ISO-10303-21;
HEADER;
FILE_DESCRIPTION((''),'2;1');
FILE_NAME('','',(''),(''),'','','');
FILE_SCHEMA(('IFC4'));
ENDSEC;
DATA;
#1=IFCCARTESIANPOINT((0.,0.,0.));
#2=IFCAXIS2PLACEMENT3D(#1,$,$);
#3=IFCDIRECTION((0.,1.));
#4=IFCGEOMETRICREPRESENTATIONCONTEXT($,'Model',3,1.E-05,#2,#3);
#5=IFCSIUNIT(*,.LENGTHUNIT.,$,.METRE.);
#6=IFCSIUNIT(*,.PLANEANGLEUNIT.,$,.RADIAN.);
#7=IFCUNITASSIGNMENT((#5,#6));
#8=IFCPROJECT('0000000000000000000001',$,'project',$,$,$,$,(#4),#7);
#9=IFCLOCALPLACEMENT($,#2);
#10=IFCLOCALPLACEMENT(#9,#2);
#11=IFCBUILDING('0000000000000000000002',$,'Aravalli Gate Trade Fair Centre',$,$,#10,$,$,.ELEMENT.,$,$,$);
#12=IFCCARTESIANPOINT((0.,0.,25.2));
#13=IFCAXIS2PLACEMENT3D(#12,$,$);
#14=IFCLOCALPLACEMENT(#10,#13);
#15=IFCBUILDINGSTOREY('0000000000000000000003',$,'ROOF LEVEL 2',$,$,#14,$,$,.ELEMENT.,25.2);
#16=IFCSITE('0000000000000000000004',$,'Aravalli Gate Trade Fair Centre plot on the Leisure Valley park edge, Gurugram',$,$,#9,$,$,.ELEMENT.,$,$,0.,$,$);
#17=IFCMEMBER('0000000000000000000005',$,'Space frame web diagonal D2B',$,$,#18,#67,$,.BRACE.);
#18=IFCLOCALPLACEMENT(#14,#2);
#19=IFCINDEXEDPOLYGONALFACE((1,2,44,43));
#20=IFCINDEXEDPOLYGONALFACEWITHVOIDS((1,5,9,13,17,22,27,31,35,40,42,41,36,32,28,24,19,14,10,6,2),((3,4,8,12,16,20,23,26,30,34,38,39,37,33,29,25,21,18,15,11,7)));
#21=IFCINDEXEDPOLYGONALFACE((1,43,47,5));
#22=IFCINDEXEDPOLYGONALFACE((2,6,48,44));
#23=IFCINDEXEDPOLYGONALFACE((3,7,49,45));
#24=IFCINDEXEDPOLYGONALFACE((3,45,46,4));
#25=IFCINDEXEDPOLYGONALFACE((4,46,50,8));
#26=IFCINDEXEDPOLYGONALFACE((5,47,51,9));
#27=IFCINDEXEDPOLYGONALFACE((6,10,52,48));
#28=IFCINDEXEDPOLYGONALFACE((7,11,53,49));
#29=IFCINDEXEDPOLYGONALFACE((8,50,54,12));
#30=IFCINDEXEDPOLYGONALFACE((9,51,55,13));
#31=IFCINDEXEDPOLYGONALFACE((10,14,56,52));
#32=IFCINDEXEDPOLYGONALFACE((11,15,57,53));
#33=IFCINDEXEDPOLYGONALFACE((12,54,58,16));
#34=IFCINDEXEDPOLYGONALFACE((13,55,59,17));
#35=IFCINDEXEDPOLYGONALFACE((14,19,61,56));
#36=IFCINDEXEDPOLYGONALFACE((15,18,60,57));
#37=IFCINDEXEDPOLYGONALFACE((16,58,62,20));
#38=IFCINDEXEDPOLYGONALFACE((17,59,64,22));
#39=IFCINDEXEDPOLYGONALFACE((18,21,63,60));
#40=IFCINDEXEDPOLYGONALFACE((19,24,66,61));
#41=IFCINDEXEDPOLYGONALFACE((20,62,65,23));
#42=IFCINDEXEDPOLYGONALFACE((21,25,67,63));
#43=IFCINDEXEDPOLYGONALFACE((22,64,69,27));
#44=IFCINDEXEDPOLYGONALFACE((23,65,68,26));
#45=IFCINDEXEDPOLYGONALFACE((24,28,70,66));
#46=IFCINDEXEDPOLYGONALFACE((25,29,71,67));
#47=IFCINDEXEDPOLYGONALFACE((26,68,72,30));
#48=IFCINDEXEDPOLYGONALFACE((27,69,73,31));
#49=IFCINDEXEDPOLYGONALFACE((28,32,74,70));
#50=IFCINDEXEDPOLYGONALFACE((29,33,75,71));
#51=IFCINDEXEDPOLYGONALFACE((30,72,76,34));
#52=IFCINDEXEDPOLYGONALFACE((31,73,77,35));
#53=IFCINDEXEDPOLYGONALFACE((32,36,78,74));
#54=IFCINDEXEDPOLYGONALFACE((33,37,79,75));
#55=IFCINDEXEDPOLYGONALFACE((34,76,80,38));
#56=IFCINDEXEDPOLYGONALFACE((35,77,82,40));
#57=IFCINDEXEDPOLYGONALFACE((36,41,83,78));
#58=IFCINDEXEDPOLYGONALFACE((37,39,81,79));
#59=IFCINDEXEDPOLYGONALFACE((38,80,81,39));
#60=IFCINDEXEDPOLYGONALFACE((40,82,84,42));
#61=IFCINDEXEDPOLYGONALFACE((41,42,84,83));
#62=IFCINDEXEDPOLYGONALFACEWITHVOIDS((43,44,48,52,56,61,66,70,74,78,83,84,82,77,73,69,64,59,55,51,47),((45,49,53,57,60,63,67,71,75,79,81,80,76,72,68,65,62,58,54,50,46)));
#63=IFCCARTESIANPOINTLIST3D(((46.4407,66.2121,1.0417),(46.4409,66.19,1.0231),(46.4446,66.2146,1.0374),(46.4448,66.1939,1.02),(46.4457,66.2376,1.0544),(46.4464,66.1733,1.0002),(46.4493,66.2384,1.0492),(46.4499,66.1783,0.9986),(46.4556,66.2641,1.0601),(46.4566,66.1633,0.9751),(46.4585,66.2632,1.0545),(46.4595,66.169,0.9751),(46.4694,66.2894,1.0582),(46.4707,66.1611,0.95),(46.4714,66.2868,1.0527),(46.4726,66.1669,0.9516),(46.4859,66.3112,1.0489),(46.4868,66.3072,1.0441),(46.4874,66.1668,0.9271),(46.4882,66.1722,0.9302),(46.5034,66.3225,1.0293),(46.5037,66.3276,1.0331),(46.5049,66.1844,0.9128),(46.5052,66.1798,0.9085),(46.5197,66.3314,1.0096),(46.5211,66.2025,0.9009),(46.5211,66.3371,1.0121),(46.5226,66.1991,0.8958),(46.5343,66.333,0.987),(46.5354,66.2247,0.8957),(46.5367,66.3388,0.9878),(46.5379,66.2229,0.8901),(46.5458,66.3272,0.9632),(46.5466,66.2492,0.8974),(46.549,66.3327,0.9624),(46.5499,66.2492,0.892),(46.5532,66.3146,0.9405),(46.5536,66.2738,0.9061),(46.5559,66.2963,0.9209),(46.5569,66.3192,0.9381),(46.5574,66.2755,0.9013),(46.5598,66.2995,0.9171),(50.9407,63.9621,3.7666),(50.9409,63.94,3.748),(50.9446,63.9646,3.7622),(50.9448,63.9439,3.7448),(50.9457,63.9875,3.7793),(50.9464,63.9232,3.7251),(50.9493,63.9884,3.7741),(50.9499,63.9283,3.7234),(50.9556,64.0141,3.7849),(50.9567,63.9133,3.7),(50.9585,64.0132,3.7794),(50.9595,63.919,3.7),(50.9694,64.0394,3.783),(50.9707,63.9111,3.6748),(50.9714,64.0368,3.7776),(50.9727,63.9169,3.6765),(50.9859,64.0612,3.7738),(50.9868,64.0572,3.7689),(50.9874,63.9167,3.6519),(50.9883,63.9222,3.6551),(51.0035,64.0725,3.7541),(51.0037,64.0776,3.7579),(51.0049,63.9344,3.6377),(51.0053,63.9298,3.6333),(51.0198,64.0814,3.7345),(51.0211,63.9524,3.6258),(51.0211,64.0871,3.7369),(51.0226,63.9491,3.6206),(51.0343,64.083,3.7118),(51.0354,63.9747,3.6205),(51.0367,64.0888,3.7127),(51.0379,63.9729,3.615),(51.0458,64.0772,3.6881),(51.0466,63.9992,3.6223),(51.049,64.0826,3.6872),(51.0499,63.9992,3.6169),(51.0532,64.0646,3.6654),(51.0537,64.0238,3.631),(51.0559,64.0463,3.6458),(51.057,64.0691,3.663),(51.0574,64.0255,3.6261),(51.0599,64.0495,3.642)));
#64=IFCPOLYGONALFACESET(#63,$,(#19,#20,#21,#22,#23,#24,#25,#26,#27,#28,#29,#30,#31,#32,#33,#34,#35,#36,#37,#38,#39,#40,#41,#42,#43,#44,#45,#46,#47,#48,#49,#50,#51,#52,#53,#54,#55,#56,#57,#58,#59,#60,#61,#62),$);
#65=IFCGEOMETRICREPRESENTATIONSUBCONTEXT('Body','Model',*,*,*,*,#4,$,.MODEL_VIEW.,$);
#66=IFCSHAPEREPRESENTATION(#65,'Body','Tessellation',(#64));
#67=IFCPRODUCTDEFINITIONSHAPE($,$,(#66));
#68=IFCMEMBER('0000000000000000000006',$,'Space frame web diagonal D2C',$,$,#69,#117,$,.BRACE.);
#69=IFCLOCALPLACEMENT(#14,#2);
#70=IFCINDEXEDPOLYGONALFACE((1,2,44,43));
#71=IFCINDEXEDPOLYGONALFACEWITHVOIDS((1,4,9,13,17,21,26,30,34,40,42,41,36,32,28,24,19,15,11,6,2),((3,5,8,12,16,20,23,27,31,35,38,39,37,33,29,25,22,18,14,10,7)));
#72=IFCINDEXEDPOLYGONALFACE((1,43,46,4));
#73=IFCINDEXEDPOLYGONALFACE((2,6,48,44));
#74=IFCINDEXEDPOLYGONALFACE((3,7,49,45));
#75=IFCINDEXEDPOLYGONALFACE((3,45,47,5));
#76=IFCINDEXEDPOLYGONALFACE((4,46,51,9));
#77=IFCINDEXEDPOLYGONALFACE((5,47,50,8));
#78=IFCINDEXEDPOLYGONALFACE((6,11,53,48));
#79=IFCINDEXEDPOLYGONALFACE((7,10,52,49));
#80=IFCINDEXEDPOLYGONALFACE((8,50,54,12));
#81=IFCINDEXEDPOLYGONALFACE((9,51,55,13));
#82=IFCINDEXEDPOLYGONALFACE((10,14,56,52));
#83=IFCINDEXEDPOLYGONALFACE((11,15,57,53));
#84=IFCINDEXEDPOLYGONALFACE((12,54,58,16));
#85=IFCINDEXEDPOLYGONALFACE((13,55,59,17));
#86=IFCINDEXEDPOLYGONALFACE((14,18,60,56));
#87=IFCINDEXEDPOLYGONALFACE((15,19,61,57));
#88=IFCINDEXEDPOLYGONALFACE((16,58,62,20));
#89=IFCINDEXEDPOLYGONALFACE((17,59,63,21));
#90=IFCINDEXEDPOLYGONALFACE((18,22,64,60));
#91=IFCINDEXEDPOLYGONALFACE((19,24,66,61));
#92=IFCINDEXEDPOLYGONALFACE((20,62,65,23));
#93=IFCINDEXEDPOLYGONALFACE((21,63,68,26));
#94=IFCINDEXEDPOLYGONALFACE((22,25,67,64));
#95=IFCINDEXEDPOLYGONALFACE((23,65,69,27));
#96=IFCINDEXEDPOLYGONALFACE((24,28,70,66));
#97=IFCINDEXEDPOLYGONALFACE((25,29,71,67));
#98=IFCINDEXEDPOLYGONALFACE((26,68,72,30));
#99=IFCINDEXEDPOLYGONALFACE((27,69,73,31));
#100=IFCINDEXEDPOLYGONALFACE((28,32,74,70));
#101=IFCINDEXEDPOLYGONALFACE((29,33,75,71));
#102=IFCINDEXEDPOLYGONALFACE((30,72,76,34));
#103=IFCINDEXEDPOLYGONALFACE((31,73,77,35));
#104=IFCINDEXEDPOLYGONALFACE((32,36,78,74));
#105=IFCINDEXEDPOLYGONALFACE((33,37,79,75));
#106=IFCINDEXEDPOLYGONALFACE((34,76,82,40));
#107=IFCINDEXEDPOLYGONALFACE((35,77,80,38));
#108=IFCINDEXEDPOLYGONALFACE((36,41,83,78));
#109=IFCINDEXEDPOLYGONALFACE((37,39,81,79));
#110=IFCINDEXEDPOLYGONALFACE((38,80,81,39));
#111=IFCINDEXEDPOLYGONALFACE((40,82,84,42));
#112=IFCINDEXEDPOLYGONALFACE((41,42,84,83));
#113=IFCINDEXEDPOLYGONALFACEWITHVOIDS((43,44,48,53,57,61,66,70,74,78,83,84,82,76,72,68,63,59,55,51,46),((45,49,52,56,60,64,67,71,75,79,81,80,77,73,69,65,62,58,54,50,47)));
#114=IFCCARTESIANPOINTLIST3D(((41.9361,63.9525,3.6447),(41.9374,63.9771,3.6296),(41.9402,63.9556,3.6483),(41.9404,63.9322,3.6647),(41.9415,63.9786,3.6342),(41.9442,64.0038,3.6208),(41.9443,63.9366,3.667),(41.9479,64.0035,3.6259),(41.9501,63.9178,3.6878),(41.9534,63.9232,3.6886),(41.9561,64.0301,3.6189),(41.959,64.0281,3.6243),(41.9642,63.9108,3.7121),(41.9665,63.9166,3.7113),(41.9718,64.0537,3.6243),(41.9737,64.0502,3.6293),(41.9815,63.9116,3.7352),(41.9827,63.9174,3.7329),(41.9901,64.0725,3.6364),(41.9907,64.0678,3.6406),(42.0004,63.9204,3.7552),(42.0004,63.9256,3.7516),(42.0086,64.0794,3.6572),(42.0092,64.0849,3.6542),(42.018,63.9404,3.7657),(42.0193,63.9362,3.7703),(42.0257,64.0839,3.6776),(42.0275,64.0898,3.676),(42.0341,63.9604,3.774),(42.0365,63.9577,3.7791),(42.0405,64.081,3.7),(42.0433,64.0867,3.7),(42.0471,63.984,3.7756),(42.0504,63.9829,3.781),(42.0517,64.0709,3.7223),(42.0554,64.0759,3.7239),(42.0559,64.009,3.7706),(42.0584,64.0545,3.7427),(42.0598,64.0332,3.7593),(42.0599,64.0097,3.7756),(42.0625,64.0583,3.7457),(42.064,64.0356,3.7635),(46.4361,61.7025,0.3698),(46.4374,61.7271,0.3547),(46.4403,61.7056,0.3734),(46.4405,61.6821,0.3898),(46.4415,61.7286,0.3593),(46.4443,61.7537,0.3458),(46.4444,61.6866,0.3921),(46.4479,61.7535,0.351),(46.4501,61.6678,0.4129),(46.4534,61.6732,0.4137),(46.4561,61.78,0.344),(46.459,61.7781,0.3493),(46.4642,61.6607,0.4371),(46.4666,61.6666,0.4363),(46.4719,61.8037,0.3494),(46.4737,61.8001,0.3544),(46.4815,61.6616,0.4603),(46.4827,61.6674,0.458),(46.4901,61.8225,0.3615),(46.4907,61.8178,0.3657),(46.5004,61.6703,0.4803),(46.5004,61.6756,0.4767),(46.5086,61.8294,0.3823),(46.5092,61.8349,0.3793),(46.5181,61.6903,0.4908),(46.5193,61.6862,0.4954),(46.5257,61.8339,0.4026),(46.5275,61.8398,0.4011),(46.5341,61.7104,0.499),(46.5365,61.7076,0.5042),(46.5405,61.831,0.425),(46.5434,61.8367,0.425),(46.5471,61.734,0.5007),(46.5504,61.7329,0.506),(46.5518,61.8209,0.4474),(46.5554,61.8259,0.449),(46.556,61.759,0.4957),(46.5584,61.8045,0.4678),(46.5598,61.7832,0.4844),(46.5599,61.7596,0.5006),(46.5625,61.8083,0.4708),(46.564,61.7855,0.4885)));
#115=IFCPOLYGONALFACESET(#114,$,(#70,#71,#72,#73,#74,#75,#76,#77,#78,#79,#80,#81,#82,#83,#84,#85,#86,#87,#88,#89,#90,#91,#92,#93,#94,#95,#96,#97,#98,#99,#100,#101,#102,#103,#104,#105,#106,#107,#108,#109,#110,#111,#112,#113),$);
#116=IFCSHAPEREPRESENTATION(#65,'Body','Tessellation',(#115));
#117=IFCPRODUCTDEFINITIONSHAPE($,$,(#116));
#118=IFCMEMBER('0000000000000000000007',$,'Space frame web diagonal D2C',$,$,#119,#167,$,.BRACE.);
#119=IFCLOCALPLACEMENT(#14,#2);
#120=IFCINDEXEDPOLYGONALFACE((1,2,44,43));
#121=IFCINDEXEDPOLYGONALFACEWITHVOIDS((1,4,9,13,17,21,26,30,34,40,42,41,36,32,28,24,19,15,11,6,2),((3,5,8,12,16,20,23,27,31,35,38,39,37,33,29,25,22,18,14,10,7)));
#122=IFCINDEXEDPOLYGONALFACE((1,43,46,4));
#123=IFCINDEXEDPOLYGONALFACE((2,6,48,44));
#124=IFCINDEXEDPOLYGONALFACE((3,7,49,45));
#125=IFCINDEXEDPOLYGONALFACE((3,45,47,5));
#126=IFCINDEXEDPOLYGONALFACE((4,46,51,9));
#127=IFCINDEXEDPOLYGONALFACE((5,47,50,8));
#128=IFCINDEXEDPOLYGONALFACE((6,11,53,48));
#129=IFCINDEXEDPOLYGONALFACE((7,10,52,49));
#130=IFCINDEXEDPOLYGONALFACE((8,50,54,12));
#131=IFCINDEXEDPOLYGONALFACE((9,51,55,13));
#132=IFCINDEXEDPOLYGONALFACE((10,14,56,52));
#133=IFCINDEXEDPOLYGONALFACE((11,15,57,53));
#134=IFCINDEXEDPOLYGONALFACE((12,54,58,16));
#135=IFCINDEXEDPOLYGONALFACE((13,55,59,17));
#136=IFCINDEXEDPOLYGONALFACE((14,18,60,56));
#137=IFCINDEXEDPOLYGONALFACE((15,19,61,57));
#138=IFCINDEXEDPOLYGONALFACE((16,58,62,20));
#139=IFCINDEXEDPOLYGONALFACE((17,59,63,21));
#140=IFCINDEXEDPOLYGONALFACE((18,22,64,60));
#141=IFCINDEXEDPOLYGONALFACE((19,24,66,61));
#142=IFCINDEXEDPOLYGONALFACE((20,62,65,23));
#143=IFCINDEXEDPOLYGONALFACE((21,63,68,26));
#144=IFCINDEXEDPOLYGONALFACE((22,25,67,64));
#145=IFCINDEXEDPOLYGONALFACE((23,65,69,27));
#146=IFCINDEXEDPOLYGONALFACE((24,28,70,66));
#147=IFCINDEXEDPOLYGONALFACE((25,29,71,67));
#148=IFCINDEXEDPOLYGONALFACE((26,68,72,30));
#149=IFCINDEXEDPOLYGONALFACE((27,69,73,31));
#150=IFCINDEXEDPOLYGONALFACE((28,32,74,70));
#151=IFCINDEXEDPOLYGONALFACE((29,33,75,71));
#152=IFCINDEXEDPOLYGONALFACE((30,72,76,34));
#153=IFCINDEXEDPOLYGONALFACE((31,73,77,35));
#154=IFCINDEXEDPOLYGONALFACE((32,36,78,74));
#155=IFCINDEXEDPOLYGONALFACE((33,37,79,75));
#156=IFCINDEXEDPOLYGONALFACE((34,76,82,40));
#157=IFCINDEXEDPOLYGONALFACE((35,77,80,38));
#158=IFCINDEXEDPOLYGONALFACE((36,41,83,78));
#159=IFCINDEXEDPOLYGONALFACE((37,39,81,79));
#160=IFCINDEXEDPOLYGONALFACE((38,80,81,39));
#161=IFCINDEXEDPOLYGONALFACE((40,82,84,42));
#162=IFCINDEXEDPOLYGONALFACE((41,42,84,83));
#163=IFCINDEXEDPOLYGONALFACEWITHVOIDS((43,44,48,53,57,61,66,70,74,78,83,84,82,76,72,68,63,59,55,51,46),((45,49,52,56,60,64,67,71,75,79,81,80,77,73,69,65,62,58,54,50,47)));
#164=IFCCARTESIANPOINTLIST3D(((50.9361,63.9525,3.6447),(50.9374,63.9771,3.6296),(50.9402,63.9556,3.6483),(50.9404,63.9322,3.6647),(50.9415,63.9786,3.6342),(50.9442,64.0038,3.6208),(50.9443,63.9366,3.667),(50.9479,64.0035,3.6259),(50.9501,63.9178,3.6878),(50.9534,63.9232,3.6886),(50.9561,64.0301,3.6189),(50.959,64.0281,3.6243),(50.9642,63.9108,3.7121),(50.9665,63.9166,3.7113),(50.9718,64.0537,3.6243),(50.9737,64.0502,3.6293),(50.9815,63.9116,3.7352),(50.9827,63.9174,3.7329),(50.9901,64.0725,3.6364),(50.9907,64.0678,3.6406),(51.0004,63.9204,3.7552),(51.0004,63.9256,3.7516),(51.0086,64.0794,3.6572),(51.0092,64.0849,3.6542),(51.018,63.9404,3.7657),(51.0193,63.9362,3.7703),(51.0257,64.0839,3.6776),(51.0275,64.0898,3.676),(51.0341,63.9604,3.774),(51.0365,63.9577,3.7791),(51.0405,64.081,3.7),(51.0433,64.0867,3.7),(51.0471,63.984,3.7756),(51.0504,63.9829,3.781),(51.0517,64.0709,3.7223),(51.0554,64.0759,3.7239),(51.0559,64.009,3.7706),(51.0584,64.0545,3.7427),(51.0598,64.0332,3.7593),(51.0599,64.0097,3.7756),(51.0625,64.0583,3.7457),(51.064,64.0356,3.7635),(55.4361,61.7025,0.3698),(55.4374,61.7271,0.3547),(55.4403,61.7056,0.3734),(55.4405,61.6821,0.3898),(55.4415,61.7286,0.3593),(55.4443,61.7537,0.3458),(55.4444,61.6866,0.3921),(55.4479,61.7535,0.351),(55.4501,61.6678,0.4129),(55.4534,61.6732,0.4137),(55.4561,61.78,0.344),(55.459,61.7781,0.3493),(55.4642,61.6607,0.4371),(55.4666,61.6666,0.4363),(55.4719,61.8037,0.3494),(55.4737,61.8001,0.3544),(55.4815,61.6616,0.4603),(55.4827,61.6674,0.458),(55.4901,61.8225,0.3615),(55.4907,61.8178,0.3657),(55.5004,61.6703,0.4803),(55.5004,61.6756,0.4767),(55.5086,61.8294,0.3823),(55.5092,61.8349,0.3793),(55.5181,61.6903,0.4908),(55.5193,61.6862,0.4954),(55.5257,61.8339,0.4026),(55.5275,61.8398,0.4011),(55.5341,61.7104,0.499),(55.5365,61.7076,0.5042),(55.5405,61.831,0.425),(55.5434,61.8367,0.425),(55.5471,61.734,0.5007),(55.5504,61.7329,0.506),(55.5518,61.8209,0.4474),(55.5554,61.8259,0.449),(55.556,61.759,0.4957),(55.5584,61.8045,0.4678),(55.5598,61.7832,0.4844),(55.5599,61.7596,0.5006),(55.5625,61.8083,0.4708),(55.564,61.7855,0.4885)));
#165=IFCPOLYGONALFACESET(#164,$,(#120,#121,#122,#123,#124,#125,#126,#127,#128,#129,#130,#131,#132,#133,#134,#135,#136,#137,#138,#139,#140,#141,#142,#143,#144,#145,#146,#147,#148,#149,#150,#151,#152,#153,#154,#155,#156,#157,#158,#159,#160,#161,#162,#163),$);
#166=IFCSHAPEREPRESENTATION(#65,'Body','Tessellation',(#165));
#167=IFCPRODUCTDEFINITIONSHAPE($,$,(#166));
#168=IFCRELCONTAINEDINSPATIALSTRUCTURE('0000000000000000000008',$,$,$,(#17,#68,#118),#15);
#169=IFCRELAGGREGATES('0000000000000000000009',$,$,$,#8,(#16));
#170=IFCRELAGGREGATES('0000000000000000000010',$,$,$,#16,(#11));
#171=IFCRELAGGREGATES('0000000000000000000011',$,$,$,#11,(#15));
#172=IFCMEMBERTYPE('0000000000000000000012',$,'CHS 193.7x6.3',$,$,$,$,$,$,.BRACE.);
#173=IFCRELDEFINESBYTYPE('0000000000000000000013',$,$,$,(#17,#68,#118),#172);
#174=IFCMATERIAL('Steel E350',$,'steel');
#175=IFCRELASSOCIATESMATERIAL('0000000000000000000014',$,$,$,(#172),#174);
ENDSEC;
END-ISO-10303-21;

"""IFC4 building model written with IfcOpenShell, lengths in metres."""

from ifc_helpers import new_model, si_unit, direction, frame, origin, origin_2d, place, context, subcontext, project, spatial, hollow_circle, extrude, material, material_profile, profile_set, type_object, element, save


model = new_model("IFC4")

# Units and contexts
model_context = context("Model", 3, precision=1e-05, world=origin(), true_north=direction((0.0, 1.0)))
body_context = subcontext(model_context, "Body", "Model", "MODEL_VIEW")
ifc_project = project(units=[si_unit("LENGTHUNIT", "METRE"), si_unit("PLANEANGLEUNIT", "RADIAN")], contexts=[model_context])

# Site, building, storey
site_placement = place(None, origin())
site = spatial("IfcSite", under=ifc_project, at=site_placement, Name="Aravalli Gate Trade Fair Centre plot on the Leisure Valley park edge, Gurugram", CompositionType="ELEMENT", RefElevation=0.0)
building_placement = place(site_placement, origin())
building = spatial("IfcBuilding", under=site, at=building_placement, Name="Aravalli Gate Trade Fair Centre", CompositionType="ELEMENT")
storey_placement = place(building_placement, frame((0.0, 0.0, 25.2)))
storey = spatial("IfcBuildingStorey", under=building, at=storey_placement, Name="ROOF LEVEL 2", CompositionType="ELEMENT", Elevation=25.2)

# Members
ifc_material = material(Name="Steel E350", Category="steel")
ifc_material_profile_1 = material_profile(ifc_material, hollow_circle(Radius=0.0969, WallThickness=0.0063, at=origin_2d()), Name="CHS 193.7x6.3")
ifc_profile_set_1 = profile_set([ifc_material_profile_1], Name="Steel E350")
member_type_1 = type_object("IfcMemberType", Name="CHS 193.7x6.3", PredefinedType="BRACE", material=ifc_profile_set_1)
for number, where, z_axis, x_axis, name in (
    (1, (51.0, 64.0, 3.7), (-0.786486, 0.393243, -0.476235), (-0.447214, -0.894427, 0.0), "Space frame web diagonal D2B"),
):
    element("IfcMember", number, at=place(storey_placement, frame(where, z_axis=z_axis, x_axis=x_axis)), inside=storey, type_object=member_type_1, Name=name, PredefinedType="BRACE", context=body_context, shape_type="SweptSolid", body=[
        extrude(hollow_circle(Radius=0.0969, WallThickness=0.0063, at=origin_2d()), origin(), (0.0, 0.0, 1.0), 5.7217),
    ])
for number, where, z_axis, x_axis, name in (
    (2, (42.0, 64.0, 3.7), (0.74961, -0.374805, -0.545533), (0.447214, 0.894427, 0.0), "Space frame web diagonal D2C"),
    (3, (51.0, 64.0, 3.7), (0.74961, -0.374805, -0.545533), (0.447214, 0.894427, 0.0), "Space frame web diagonal D2C"),
):
    element("IfcMember", number, at=place(storey_placement, frame(where, z_axis=z_axis, x_axis=x_axis)), inside=storey, type_object=member_type_1, Name=name, PredefinedType="BRACE", context=body_context, shape_type="SweptSolid", body=[
        extrude(hollow_circle(Radius=0.0969, WallThickness=0.0063, at=origin_2d()), origin(), (0.0, 0.0, 1.0), 6.0032),
    ])

save(model, "model.ifc")
